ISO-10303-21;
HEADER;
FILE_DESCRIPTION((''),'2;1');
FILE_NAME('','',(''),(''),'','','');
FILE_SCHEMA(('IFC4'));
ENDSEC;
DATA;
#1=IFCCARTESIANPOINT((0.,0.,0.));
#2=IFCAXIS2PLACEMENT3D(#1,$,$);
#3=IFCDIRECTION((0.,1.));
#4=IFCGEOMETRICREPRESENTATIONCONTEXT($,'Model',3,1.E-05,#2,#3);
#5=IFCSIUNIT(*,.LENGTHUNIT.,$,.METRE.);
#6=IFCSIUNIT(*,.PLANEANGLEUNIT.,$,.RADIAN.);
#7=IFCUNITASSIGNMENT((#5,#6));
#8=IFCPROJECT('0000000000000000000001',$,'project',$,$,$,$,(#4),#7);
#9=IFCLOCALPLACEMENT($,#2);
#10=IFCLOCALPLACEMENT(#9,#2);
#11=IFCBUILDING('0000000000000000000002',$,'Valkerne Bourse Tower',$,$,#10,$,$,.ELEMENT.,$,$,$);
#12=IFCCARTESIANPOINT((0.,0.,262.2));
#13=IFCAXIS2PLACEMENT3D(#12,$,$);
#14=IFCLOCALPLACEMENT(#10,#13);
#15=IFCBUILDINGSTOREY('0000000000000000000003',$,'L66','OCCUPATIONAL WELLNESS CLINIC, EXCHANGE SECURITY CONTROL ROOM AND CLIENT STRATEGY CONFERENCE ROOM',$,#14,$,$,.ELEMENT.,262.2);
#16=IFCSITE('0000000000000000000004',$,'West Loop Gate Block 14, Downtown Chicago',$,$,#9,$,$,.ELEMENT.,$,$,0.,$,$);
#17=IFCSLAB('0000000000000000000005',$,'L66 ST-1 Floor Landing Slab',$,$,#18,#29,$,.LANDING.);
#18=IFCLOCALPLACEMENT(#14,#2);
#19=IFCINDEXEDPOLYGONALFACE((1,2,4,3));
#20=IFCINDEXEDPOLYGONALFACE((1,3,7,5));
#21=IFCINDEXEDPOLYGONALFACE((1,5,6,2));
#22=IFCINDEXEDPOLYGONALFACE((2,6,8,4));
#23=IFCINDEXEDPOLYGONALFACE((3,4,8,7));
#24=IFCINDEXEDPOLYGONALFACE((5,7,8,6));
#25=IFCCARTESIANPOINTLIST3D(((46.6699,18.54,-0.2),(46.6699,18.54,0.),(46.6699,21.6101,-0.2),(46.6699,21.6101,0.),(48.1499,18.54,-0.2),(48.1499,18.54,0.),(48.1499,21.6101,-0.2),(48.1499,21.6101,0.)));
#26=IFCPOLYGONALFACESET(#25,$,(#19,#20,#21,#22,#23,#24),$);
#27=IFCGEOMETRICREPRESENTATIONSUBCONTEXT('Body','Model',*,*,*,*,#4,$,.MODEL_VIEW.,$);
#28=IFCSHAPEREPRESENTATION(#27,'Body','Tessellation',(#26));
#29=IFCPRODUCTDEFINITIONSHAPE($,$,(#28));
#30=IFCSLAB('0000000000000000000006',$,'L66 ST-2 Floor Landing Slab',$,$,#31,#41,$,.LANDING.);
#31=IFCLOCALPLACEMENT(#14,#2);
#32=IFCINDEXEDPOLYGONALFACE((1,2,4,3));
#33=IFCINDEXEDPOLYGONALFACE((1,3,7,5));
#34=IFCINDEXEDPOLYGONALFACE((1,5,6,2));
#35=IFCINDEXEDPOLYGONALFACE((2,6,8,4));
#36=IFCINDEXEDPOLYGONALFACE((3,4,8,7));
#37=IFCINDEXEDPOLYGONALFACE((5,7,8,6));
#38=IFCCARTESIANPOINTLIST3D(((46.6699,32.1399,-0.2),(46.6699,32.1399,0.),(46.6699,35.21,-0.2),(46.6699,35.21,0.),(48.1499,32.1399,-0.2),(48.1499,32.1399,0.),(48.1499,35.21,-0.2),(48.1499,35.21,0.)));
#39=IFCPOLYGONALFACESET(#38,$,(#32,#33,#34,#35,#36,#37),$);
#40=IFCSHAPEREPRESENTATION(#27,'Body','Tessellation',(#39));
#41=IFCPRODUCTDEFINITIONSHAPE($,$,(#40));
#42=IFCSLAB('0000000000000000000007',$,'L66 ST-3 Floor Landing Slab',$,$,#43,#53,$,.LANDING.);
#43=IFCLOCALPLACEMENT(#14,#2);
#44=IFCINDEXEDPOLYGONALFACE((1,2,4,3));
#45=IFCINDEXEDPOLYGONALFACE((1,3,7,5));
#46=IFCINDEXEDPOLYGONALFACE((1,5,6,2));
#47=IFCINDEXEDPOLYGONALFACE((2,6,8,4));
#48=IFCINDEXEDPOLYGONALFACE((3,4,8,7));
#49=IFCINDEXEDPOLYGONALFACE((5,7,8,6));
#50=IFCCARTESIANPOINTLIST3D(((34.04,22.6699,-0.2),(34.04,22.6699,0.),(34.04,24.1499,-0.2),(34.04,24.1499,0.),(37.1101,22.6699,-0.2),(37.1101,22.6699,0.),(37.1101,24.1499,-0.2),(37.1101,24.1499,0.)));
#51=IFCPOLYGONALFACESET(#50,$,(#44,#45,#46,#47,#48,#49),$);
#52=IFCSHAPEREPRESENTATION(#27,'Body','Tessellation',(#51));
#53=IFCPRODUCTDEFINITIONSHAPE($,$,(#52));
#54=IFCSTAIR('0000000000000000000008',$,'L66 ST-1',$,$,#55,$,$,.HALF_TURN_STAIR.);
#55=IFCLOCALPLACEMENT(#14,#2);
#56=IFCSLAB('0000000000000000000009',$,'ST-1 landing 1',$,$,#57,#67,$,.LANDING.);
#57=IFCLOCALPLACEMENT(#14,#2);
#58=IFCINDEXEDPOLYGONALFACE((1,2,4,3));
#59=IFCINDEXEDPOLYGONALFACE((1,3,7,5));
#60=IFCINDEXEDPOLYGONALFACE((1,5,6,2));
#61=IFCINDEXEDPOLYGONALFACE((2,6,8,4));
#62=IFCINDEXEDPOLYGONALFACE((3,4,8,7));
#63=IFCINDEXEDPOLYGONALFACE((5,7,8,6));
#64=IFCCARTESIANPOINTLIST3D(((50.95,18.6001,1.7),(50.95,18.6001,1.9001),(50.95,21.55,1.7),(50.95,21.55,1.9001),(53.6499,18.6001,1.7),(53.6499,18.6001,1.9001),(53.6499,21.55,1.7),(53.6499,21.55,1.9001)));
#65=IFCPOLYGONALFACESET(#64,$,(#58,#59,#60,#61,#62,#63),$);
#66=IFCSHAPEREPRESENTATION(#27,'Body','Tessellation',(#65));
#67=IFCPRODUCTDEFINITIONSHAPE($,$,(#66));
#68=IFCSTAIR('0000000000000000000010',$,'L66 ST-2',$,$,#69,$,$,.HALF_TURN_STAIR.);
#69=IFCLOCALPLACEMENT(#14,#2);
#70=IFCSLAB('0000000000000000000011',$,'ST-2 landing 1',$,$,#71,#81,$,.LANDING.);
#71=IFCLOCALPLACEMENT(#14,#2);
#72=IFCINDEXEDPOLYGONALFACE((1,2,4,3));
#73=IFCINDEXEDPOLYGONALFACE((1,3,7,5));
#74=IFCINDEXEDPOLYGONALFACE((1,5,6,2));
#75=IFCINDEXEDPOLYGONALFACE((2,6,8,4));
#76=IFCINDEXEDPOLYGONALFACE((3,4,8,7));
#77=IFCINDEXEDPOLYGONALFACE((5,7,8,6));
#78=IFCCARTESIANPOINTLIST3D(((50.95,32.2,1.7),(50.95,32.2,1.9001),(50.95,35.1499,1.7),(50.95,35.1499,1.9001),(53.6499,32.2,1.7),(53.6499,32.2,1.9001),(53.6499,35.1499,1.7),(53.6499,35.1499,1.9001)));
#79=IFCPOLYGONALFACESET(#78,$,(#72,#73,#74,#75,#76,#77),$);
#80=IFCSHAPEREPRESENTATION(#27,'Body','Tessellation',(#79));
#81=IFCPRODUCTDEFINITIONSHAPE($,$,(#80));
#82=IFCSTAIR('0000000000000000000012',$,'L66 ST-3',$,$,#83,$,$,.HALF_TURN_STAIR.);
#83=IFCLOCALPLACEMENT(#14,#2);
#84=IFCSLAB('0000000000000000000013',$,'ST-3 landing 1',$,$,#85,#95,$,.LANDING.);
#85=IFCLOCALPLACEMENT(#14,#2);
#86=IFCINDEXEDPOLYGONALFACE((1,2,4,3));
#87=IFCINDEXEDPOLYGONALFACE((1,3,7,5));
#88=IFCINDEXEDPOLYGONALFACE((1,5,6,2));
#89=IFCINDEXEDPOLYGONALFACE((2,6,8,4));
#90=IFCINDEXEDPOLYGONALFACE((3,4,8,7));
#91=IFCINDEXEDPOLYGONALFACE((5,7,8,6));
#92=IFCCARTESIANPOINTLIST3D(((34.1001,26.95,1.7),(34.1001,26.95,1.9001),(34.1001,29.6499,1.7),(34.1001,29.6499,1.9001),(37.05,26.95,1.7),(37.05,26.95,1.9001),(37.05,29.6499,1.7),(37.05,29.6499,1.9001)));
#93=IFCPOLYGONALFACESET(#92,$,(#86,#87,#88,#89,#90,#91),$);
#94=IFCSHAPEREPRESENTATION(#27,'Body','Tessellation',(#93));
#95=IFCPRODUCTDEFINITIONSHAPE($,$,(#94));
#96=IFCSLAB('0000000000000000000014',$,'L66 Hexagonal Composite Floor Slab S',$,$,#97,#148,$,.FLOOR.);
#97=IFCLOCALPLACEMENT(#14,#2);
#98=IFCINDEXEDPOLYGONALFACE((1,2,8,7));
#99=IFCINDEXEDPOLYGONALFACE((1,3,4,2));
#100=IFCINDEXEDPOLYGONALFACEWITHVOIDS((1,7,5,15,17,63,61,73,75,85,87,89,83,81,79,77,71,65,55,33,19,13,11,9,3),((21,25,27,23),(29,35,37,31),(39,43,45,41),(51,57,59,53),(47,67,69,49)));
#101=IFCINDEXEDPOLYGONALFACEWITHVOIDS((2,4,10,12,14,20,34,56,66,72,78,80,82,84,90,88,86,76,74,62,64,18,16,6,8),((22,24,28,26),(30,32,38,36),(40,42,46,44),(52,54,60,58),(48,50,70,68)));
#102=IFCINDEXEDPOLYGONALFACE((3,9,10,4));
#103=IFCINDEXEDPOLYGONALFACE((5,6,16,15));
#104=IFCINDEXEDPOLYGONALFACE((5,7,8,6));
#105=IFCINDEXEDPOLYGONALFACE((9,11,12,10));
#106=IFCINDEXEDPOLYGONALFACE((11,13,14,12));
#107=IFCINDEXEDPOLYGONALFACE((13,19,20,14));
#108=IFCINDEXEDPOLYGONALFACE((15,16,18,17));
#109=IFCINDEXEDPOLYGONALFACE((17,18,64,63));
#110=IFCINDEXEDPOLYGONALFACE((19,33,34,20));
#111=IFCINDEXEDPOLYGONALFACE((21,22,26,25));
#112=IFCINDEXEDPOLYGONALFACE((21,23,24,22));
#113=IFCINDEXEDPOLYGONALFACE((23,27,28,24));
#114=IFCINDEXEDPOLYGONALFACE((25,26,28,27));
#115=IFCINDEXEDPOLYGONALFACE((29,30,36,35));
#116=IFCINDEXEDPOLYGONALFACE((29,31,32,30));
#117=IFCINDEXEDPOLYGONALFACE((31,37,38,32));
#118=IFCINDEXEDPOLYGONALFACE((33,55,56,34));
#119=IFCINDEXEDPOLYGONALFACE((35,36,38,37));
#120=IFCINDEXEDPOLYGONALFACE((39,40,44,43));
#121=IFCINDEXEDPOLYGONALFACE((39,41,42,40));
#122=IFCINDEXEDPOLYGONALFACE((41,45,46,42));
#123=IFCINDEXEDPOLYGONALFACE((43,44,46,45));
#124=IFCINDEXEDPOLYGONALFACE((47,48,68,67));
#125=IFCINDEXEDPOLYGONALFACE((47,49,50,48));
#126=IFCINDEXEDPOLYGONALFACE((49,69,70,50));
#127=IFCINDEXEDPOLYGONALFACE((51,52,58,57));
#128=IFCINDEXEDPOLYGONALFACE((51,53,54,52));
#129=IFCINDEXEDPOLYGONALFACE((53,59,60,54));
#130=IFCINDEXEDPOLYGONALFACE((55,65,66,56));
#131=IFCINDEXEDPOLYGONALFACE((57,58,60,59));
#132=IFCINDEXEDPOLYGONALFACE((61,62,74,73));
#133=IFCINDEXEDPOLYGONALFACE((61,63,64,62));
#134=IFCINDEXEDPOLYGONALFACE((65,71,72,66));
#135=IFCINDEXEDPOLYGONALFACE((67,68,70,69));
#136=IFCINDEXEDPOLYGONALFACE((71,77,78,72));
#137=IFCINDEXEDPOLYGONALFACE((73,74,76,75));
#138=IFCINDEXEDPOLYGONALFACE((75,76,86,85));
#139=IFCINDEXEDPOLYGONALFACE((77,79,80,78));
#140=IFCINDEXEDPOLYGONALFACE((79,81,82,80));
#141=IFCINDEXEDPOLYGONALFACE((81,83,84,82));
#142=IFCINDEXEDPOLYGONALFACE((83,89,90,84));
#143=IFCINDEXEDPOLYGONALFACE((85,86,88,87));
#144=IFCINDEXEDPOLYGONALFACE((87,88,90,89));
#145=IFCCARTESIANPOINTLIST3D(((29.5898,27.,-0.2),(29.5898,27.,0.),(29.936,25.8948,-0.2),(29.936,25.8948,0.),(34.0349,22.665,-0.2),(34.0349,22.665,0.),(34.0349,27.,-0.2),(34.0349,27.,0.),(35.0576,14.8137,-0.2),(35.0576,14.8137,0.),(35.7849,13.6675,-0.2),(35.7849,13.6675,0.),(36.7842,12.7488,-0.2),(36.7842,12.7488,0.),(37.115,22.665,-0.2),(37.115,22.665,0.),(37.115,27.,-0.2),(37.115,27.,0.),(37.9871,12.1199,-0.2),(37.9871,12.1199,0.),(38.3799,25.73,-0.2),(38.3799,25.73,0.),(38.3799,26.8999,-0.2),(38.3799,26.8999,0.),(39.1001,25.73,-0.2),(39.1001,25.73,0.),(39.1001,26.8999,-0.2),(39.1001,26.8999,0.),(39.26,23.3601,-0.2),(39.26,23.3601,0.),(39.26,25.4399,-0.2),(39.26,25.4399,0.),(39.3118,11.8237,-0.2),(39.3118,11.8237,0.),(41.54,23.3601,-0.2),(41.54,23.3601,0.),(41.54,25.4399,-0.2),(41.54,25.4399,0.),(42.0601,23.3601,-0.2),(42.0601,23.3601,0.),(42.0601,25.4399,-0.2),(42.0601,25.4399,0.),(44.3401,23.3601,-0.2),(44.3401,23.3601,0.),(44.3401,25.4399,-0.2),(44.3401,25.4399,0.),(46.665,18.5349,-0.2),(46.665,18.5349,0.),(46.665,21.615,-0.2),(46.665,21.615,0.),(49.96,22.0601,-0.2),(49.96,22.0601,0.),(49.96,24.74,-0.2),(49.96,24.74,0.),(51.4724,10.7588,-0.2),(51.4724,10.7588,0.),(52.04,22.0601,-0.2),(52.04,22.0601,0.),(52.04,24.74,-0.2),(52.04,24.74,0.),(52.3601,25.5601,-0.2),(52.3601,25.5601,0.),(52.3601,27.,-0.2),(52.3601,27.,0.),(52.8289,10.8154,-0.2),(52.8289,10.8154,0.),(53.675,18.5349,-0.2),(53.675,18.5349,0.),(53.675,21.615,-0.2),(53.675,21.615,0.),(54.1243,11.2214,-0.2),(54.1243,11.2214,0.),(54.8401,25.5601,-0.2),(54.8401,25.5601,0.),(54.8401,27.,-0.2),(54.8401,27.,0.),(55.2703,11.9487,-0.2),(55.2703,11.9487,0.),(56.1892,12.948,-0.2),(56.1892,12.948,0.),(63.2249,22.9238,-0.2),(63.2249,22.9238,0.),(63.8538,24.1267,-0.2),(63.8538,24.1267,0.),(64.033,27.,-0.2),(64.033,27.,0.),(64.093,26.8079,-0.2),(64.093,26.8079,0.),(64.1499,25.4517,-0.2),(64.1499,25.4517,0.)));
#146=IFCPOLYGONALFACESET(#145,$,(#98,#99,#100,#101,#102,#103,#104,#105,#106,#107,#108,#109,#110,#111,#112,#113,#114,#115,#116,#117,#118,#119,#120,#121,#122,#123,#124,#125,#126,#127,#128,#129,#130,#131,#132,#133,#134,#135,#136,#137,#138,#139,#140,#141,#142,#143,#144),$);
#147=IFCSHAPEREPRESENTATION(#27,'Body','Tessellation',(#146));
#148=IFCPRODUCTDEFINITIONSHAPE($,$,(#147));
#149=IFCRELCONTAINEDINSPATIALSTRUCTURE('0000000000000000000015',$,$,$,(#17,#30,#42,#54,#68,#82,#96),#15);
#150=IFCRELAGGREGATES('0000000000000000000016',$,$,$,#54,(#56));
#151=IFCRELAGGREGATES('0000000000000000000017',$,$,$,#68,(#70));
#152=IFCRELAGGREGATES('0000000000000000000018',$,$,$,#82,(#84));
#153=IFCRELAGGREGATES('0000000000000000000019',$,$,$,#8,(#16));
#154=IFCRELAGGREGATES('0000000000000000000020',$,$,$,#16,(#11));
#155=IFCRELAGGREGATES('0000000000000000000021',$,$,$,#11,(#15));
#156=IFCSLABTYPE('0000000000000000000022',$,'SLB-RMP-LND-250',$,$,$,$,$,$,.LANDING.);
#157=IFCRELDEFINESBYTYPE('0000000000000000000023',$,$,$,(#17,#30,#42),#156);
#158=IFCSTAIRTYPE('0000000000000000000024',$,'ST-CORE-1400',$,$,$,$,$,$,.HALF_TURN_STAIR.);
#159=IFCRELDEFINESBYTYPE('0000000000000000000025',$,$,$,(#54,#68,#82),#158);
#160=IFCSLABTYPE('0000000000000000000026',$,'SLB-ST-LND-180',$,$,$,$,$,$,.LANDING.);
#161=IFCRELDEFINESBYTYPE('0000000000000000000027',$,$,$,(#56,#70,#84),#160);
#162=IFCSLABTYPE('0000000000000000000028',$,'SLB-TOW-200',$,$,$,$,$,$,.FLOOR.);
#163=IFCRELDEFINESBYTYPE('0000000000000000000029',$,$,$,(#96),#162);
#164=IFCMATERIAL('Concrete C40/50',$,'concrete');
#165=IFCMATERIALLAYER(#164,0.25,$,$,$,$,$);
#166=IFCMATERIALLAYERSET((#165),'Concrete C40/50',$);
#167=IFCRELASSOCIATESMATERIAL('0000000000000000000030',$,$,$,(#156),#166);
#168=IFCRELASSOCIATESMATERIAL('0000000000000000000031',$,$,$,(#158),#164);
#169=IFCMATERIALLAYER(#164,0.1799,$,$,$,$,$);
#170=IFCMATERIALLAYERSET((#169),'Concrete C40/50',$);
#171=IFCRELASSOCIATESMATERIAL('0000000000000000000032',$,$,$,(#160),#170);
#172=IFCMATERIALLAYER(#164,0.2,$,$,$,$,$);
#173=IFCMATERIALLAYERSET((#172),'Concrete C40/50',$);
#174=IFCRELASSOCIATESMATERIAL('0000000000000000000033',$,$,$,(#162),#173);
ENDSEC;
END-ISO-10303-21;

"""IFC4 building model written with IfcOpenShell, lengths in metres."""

from ifc_helpers import new_model, si_unit, direction, frame, origin, place, context, subcontext, project, spatial, polyline, outline, extrude, material, layer, layer_set, type_object, element, aggregate, save


model = new_model("IFC4")

# Units and contexts
model_context = context("Model", 3, precision=1e-05, world=origin(), true_north=direction((0.0, 1.0)))
body_context = subcontext(model_context, "Body", "Model", "MODEL_VIEW")
ifc_project = project(units=[si_unit("LENGTHUNIT", "METRE"), si_unit("PLANEANGLEUNIT", "RADIAN")], contexts=[model_context])

# Site, building, storey
site_placement = place(None, origin())
site = spatial("IfcSite", under=ifc_project, at=site_placement, Name="West Loop Gate Block 14, Downtown Chicago", CompositionType="ELEMENT", RefElevation=0.0)
building_placement = place(site_placement, origin())
building = spatial("IfcBuilding", under=site, at=building_placement, Name="Valkerne Bourse Tower", CompositionType="ELEMENT")
storey_placement = place(building_placement, frame((0.0, 0.0, 262.2)))
storey = spatial("IfcBuildingStorey", under=building, at=storey_placement, Name="L66", Description="OCCUPATIONAL WELLNESS CLINIC, EXCHANGE SECURITY CONTROL ROOM AND CLIENT STRATEGY CONFERENCE ROOM", CompositionType="ELEMENT", Elevation=262.2)

# Slabs
ifc_material_1 = material(Name="Concrete C40/50", Category="concrete")
ifc_layer_1 = layer(ifc_material_1, 0.25)
ifc_layer_set_1 = layer_set([ifc_layer_1], Name="Concrete C40/50")
slab_type_1 = type_object("IfcSlabType", Name="SLB-RMP-LND-250", PredefinedType="LANDING", material=ifc_layer_set_1)
slab_1_placement = place(storey_placement, frame((0.0, 0.0, -0.2)))
element("IfcSlab", 1, at=slab_1_placement, inside=storey, type_object=slab_type_1, Name="L66 ST-1 Floor Landing Slab", PredefinedType="LANDING", context=body_context, shape_type="SweptSolid", body=[
    extrude(outline(polyline([(46.6699, 18.54), (48.1499, 18.54), (48.1499, 21.6101), (46.6699, 21.6101), (46.6699, 18.54)])), origin(), (0.0, 0.0, 1.0), 0.2),
])
slab_2_placement = place(storey_placement, frame((0.0, 0.0, -0.2)))
element("IfcSlab", 2, at=slab_2_placement, inside=storey, type_object=slab_type_1, Name="L66 ST-2 Floor Landing Slab", PredefinedType="LANDING", context=body_context, shape_type="SweptSolid", body=[
    extrude(outline(polyline([(46.6699, 32.1399), (48.1499, 32.1399), (48.1499, 35.21), (46.6699, 35.21), (46.6699, 32.1399)])), origin(), (0.0, 0.0, 1.0), 0.2),
])
slab_3_placement = place(storey_placement, frame((0.0, 0.0, -0.2)))
element("IfcSlab", 3, at=slab_3_placement, inside=storey, type_object=slab_type_1, Name="L66 ST-3 Floor Landing Slab", PredefinedType="LANDING", context=body_context, shape_type="SweptSolid", body=[
    extrude(outline(polyline([(37.1101, 22.6699), (37.1101, 24.1499), (34.04, 24.1499), (34.04, 22.6699), (37.1101, 22.6699)])), origin(), (0.0, 0.0, 1.0), 0.2),
])

# Stairs, slabs
stair_type = type_object("IfcStairType", Name="ST-CORE-1400", PredefinedType="HALF_TURN_STAIR", material=ifc_material_1)
stair_1_placement = place(storey_placement, origin())
stair_1 = element("IfcStair", 4, at=stair_1_placement, inside=storey, type_object=stair_type, Name="L66 ST-1", PredefinedType="HALF_TURN_STAIR")
ifc_layer_2 = layer(ifc_material_1, 0.1799)
ifc_layer_set_2 = layer_set([ifc_layer_2], Name="Concrete C40/50")
slab_type_2 = type_object("IfcSlabType", Name="SLB-ST-LND-180", PredefinedType="LANDING", material=ifc_layer_set_2)
slab_4_placement = place(storey_placement, frame((0.0, 0.0, 1.7)))
slab_4 = element("IfcSlab", 5, at=slab_4_placement, type_object=slab_type_2, Name="ST-1 landing 1", PredefinedType="LANDING", context=body_context, shape_type="SweptSolid", body=[
    extrude(outline(polyline([(50.95, 18.6001), (53.6499, 18.6001), (53.6499, 21.55), (50.95, 21.55), (50.95, 18.6001)])), origin(), (0.0, 0.0, 1.0), 0.2002),
])
aggregate(stair_1, [slab_4])
stair_2_placement = place(storey_placement, origin())
stair_2 = element("IfcStair", 6, at=stair_2_placement, inside=storey, type_object=stair_type, Name="L66 ST-2", PredefinedType="HALF_TURN_STAIR")
slab_5_placement = place(storey_placement, frame((0.0, 0.0, 1.7)))
slab_5 = element("IfcSlab", 7, at=slab_5_placement, type_object=slab_type_2, Name="ST-2 landing 1", PredefinedType="LANDING", context=body_context, shape_type="SweptSolid", body=[
    extrude(outline(polyline([(50.95, 32.2), (53.6499, 32.2), (53.6499, 35.1499), (50.95, 35.1499), (50.95, 32.2)])), origin(), (0.0, 0.0, 1.0), 0.2002),
])
aggregate(stair_2, [slab_5])
stair_3_placement = place(storey_placement, origin())
stair_3 = element("IfcStair", 8, at=stair_3_placement, inside=storey, type_object=stair_type, Name="L66 ST-3", PredefinedType="HALF_TURN_STAIR")
slab_6_placement = place(storey_placement, frame((0.0, 0.0, 1.7)))
slab_6 = element("IfcSlab", 9, at=slab_6_placement, type_object=slab_type_2, Name="ST-3 landing 1", PredefinedType="LANDING", context=body_context, shape_type="SweptSolid", body=[
    extrude(outline(polyline([(37.05, 26.95), (37.05, 29.6499), (34.1001, 29.6499), (34.1001, 26.95), (37.05, 26.95)])), origin(), (0.0, 0.0, 1.0), 0.2002),
])
aggregate(stair_3, [slab_6])

# Slab
ifc_layer_3 = layer(ifc_material_1, 0.2)
ifc_layer_set_3 = layer_set([ifc_layer_3], Name="Concrete C40/50")
slab_type_3 = type_object("IfcSlabType", Name="SLB-TOW-200", PredefinedType="FLOOR", material=ifc_layer_set_3)
slab_7_placement = place(storey_placement, frame((0.0, 0.0, -0.2)))
element("IfcSlab", 10, at=slab_7_placement, inside=storey, type_object=slab_type_3, Name="L66 Hexagonal Composite Floor Slab S", PredefinedType="FLOOR", context=body_context, shape_type="SweptSolid", body=[
    extrude(outline(polyline([(64.093, 26.8079), (64.1499, 25.4517), (63.8538, 24.1267), (63.2249, 22.9238), (56.1892, 12.948), (55.2703, 11.9487), (54.1243, 11.2214), (52.8289, 10.8154), (51.4724, 10.7588), (39.3118, 11.8237), (37.9871, 12.1199), (36.7842, 12.7488), (35.7849, 13.6675), (35.0576, 14.8137), (29.936, 25.8948), (29.5898, 27.0), (34.0349, 27.0), (34.0349, 22.665), (37.115, 22.665), (37.115, 27.0), (52.3601, 27.0), (52.3601, 25.5601), (54.8401, 25.5601), (54.8401, 27.0), (64.033, 27.0), (64.093, 26.8079)]), holes=[polyline([(39.26, 25.4399), (39.26, 23.3601), (41.54, 23.3601), (41.54, 25.4399), (39.26, 25.4399)]), polyline([(44.3401, 25.4399), (42.0601, 25.4399), (42.0601, 23.3601), (44.3401, 23.3601), (44.3401, 25.4399)]), polyline([(38.3799, 26.8999), (38.3799, 25.73), (39.1001, 25.73), (39.1001, 26.8999), (38.3799, 26.8999)]), polyline([(46.665, 21.615), (46.665, 18.5349), (53.675, 18.5349), (53.675, 21.615), (46.665, 21.615)]), polyline([(52.04, 24.74), (49.96, 24.74), (49.96, 22.0601), (52.04, 22.0601), (52.04, 24.74)])]), origin(), (0.0, 0.0, 1.0), 0.2),
])

save(model, "model.ifc")
